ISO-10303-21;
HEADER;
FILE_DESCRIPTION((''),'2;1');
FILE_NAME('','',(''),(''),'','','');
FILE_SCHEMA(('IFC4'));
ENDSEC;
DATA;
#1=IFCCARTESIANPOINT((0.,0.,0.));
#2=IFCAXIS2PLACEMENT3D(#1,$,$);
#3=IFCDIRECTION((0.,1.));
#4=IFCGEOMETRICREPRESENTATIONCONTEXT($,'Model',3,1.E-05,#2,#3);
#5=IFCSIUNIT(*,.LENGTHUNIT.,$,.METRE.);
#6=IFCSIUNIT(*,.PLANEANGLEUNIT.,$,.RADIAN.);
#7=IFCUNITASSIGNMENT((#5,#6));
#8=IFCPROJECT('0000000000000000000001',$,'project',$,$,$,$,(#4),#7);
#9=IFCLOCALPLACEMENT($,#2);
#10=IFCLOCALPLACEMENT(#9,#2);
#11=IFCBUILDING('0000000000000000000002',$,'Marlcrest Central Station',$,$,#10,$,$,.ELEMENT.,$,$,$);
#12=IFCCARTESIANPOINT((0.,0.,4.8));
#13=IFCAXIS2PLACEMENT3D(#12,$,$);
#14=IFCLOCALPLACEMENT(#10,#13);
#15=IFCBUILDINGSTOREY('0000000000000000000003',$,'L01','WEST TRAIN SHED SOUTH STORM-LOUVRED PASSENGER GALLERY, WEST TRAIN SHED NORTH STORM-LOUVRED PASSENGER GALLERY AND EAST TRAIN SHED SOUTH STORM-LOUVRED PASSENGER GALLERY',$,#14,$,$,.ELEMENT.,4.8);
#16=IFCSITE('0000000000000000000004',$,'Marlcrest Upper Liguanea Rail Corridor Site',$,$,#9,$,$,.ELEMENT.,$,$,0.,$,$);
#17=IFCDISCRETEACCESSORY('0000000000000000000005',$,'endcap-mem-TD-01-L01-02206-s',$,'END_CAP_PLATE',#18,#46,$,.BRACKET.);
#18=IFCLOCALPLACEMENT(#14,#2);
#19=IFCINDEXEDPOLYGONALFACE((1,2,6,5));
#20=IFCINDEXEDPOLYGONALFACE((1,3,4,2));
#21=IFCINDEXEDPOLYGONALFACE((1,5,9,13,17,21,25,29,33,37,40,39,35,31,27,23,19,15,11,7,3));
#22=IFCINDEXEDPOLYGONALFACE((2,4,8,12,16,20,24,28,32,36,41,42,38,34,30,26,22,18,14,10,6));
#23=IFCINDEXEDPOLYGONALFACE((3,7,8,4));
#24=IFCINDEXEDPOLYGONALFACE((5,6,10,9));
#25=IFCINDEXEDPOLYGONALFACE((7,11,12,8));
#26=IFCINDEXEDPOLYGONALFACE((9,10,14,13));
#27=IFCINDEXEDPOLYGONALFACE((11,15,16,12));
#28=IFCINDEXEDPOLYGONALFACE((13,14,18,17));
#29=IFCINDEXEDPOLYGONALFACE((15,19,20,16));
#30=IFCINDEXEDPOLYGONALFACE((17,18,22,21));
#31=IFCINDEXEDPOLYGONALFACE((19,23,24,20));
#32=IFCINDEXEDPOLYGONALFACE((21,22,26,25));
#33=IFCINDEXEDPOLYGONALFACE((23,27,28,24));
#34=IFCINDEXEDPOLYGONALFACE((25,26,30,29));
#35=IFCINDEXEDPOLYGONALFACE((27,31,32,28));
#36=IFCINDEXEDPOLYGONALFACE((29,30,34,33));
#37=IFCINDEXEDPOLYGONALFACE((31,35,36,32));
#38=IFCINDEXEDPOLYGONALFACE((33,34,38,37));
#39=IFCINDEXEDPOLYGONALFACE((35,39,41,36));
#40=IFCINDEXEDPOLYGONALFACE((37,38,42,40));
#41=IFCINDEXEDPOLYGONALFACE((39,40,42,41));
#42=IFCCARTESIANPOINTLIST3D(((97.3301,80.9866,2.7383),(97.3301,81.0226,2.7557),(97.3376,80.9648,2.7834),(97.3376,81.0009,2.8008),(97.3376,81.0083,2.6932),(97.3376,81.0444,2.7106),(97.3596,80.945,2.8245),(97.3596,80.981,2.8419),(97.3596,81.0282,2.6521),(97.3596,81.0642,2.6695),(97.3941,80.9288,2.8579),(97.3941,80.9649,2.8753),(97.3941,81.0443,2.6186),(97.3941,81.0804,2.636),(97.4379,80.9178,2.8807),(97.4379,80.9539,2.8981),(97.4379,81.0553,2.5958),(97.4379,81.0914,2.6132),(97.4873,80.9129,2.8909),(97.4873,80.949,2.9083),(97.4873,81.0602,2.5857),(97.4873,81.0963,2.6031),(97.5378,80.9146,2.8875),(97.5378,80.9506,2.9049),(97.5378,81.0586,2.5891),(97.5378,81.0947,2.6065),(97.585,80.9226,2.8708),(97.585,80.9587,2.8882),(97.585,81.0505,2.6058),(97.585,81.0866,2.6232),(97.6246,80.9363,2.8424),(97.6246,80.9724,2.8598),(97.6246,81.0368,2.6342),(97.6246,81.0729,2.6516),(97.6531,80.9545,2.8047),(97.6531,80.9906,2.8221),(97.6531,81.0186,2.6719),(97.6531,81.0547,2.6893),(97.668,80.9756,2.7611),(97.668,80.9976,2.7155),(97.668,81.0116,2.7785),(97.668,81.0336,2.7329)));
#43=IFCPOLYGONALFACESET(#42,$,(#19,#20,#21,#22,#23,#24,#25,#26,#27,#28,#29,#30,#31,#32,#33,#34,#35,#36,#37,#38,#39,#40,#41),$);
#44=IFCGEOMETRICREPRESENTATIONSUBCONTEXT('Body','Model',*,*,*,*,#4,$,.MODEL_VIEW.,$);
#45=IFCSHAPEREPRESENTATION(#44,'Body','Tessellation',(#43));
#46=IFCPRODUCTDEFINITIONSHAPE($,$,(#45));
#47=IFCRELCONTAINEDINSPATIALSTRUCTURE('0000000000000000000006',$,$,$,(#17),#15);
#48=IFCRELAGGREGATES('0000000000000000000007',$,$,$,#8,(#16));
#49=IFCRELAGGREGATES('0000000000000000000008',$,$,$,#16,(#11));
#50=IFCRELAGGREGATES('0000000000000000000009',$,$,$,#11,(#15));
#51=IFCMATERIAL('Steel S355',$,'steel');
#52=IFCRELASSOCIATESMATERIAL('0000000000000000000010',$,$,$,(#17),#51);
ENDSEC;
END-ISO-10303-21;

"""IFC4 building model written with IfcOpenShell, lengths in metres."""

from ifc_helpers import new_model, si_unit, direction, frame, origin, origin_2d, place, context, subcontext, project, spatial, circle, extrude, material, element, save


model = new_model("IFC4")

# Units and contexts
model_context = context("Model", 3, precision=1e-05, world=origin(), true_north=direction((0.0, 1.0)))
body_context = subcontext(model_context, "Body", "Model", "MODEL_VIEW")
ifc_project = project(units=[si_unit("LENGTHUNIT", "METRE"), si_unit("PLANEANGLEUNIT", "RADIAN")], contexts=[model_context])

# Site, building, storey
site_placement = place(None, origin())
site = spatial("IfcSite", under=ifc_project, at=site_placement, Name="Marlcrest Upper Liguanea Rail Corridor Site", CompositionType="ELEMENT", RefElevation=0.0)
building_placement = place(site_placement, origin())
building = spatial("IfcBuilding", under=site, at=building_placement, Name="Marlcrest Central Station", CompositionType="ELEMENT")
storey_placement = place(building_placement, frame((0.0, 0.0, 4.8)))
storey = spatial("IfcBuildingStorey", under=building, at=storey_placement, Name="L01", Description="WEST TRAIN SHED SOUTH STORM-LOUVRED PASSENGER GALLERY, WEST TRAIN SHED NORTH STORM-LOUVRED PASSENGER GALLERY AND EAST TRAIN SHED SOUTH STORM-LOUVRED PASSENGER GALLERY", CompositionType="ELEMENT", Elevation=4.8)

# Shared definitions
ifc_material = material(Name="Steel S355", Category="steel")

# Discrete accessory
for number, where, z_axis, x_axis, name in (
    (1, (97.5, 80.9866, 2.7383), (0.0, 0.900552, 0.434749), (-1.0, 0.0, 0.0), "endcap-mem-TD-01-L01-02206-s"),
):
    element("IfcDiscreteAccessory", number, at=place(storey_placement, frame(where, z_axis=z_axis, x_axis=x_axis)), inside=storey, material=ifc_material, Name=name, ObjectType="END_CAP_PLATE", PredefinedType="BRACKET", context=body_context, shape_type="SweptSolid", body=[
        extrude(circle(Radius=0.1699, at=origin_2d()), origin(), (0.0, 0.0, 1.0), 0.04),
    ])

save(model, "model.ifc")
